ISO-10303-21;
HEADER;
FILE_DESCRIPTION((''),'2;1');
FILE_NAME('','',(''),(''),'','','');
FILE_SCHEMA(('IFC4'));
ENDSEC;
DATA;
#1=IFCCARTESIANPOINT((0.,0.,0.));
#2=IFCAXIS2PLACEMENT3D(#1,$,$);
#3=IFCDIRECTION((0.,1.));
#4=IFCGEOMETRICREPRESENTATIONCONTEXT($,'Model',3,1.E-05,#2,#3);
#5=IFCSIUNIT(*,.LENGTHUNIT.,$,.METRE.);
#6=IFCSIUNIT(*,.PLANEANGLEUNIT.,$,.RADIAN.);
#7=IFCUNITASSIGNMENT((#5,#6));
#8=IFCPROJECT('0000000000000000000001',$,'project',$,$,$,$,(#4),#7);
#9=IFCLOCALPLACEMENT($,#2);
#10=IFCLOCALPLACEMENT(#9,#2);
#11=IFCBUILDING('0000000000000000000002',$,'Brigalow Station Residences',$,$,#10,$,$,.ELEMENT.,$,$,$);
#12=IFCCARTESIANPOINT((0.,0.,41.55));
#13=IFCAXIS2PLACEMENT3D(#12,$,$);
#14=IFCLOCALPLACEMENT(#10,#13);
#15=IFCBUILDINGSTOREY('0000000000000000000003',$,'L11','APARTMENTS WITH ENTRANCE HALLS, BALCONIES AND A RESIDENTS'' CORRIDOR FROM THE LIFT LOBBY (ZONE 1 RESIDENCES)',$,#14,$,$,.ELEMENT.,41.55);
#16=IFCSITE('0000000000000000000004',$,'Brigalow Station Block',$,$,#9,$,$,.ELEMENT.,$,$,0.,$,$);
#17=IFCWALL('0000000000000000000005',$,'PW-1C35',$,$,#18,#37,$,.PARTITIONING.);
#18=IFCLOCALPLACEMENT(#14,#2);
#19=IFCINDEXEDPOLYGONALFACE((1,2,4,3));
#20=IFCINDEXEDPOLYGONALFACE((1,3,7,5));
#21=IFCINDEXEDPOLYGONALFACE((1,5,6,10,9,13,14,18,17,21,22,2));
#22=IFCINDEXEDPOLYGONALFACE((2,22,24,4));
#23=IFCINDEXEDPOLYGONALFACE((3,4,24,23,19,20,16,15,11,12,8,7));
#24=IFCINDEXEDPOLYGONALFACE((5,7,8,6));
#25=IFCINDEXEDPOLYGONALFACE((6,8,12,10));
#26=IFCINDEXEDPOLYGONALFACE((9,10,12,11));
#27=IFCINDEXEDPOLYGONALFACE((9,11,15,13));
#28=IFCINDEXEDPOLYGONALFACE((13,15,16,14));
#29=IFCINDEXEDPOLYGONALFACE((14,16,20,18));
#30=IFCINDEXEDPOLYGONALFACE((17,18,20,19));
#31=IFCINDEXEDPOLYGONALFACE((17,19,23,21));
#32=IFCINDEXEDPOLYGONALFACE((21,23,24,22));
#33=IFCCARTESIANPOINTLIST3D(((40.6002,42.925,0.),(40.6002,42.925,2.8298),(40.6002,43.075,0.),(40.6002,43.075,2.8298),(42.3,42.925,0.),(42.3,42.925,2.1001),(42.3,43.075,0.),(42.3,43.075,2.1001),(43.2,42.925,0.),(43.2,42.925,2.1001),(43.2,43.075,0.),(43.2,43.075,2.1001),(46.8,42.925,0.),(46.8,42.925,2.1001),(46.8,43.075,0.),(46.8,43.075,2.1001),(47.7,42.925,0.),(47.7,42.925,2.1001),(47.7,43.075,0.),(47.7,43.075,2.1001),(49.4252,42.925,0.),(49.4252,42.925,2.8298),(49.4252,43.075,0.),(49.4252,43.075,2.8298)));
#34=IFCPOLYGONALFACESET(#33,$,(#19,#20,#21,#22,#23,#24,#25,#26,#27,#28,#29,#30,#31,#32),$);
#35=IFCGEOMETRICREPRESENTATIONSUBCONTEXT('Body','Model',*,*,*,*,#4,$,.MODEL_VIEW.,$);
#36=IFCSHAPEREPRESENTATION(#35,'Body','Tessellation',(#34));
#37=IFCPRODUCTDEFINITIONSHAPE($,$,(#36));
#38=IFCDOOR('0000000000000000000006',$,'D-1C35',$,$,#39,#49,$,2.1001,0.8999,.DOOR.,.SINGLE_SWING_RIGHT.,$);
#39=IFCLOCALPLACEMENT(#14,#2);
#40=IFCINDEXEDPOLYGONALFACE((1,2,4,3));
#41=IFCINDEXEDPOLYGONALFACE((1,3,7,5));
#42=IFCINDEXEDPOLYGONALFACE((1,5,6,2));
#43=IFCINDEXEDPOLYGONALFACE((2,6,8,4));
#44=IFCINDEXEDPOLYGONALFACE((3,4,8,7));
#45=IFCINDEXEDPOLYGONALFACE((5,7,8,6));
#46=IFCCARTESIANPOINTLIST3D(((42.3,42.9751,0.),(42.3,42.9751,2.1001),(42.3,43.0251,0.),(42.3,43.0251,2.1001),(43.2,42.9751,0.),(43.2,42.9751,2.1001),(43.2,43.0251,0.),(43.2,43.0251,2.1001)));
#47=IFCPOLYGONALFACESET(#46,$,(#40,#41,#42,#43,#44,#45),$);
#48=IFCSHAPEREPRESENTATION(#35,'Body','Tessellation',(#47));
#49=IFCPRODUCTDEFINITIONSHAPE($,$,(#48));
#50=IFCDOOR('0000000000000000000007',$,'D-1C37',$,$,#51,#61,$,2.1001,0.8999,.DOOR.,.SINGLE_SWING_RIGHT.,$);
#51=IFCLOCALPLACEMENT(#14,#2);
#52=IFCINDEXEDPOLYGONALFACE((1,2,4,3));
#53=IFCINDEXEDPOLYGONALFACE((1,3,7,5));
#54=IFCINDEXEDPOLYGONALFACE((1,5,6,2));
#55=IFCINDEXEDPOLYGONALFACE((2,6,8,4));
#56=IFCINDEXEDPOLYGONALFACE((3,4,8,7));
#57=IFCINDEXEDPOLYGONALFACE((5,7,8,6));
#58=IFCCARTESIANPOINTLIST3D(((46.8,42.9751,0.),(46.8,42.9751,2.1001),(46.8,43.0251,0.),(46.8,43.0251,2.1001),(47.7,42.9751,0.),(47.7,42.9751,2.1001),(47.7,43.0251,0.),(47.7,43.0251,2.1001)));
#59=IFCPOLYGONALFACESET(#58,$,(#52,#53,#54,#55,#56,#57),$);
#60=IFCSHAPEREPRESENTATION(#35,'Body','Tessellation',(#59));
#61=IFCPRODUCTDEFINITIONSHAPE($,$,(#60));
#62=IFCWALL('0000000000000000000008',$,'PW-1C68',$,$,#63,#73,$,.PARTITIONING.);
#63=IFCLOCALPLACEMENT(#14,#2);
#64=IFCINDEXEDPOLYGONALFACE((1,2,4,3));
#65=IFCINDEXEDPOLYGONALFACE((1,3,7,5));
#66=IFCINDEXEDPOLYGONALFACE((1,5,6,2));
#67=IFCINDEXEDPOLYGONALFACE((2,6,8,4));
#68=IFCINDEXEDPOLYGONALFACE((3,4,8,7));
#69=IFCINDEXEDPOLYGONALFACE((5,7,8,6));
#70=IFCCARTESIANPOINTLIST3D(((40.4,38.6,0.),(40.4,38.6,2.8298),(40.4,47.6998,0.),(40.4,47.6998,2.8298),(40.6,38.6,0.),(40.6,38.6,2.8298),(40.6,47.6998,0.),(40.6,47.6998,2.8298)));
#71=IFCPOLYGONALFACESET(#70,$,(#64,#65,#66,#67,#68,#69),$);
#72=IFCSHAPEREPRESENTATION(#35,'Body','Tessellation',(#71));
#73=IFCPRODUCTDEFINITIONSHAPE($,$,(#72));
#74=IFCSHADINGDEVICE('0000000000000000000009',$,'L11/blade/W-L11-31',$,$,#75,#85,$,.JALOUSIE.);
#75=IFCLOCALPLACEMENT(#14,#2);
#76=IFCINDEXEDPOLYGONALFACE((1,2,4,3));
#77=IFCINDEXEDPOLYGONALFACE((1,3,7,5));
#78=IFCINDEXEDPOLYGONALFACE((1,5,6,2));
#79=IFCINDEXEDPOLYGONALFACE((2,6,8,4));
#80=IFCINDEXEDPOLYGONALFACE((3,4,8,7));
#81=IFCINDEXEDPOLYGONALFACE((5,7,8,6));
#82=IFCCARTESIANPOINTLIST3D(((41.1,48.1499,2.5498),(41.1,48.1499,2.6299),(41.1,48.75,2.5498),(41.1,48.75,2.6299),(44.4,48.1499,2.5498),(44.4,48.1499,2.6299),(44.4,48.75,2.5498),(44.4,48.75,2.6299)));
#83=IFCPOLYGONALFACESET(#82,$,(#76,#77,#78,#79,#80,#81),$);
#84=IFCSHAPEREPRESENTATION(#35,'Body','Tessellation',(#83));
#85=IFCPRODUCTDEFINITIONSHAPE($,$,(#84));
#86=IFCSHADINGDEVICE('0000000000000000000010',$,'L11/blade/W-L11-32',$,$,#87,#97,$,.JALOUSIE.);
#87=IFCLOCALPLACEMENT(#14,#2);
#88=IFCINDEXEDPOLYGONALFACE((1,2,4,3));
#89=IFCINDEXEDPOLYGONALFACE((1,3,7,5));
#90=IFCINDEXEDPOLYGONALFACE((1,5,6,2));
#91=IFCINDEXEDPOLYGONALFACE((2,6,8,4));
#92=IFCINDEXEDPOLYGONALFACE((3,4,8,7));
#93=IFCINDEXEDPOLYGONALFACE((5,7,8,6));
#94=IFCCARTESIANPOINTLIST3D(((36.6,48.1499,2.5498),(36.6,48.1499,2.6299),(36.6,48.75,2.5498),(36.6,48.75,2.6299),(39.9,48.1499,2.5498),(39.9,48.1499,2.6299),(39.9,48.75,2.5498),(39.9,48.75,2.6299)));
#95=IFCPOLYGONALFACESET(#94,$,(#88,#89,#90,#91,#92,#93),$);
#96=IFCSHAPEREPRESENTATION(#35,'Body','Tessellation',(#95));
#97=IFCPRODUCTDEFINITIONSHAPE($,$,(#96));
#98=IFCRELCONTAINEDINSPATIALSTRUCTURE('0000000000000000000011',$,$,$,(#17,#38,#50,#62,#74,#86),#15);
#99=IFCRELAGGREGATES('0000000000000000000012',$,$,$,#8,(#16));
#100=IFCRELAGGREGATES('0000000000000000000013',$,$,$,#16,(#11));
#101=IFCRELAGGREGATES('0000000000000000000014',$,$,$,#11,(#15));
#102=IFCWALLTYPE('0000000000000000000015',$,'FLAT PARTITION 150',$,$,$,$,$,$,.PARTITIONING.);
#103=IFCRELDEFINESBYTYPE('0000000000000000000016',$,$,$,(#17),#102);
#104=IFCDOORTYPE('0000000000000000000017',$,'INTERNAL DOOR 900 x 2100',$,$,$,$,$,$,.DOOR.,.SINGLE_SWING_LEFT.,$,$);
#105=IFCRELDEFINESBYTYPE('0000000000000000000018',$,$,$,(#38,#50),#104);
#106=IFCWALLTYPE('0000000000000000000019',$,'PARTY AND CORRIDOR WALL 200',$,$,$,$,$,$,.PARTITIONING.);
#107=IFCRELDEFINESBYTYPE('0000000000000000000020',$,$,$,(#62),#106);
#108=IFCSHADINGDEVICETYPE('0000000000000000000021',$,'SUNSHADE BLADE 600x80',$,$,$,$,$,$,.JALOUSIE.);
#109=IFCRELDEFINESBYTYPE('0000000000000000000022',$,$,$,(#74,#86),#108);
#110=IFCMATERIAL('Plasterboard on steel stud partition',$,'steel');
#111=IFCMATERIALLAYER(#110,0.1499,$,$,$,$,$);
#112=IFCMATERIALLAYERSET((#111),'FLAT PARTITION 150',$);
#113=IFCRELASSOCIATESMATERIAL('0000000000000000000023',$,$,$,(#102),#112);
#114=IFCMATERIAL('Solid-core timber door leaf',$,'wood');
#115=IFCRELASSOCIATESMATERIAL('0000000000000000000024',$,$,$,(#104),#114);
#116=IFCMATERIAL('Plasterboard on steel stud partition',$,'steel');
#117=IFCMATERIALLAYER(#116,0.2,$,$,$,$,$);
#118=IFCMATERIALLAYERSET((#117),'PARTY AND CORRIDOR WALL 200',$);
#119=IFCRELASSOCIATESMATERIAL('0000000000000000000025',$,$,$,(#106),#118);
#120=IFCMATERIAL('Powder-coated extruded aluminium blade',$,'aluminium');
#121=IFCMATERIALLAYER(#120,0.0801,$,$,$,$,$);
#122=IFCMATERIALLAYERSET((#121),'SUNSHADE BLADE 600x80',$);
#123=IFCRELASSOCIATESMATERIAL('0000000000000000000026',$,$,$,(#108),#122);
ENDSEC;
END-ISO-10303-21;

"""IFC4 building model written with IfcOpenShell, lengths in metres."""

from ifc_helpers import new_model, si_unit, direction, frame, frame_2d, origin, origin_2d, place, context, subcontext, project, spatial, rectangle, extrude, material, layer, layer_set, type_object, element, fill, save


model = new_model("IFC4")

# Units and contexts
model_context = context("Model", 3, precision=1e-05, world=origin(), true_north=direction((0.0, 1.0)))
body_context = subcontext(model_context, "Body", "Model", "MODEL_VIEW")
ifc_project = project(units=[si_unit("LENGTHUNIT", "METRE"), si_unit("PLANEANGLEUNIT", "RADIAN")], contexts=[model_context])

# Site, building, storey
site_placement = place(None, origin())
site = spatial("IfcSite", under=ifc_project, at=site_placement, Name="Brigalow Station Block", CompositionType="ELEMENT", RefElevation=0.0)
building_placement = place(site_placement, origin())
building = spatial("IfcBuilding", under=site, at=building_placement, Name="Brigalow Station Residences", CompositionType="ELEMENT")
storey_placement = place(building_placement, frame((0.0, 0.0, 41.55)))
storey = spatial("IfcBuildingStorey", under=building, at=storey_placement, Name="L11", Description="APARTMENTS WITH ENTRANCE HALLS, BALCONIES AND A RESIDENTS' CORRIDOR FROM THE LIFT LOBBY (ZONE 1 RESIDENCES)", CompositionType="ELEMENT", Elevation=41.55)

# Wall, openings, doors
ifc_material_1 = material(Name="Plasterboard on steel stud partition", Category="steel")
ifc_layer_1 = layer(ifc_material_1, 0.1499)
ifc_layer_set_1 = layer_set([ifc_layer_1], Name="FLAT PARTITION 150")
wall_type_1 = type_object("IfcWallType", Name="FLAT PARTITION 150", PredefinedType="PARTITIONING", material=ifc_layer_set_1)
wall_1_placement = place(storey_placement, frame((40.6001, 43.0, 0.0), z_axis=(0.0, 0.0, 1.0), x_axis=(1.0, 0.0, 0.0)))
wall_1 = element("IfcWall", 1, at=wall_1_placement, inside=storey, type_object=wall_type_1, Name="PW-1C35", PredefinedType="PARTITIONING", context=body_context, shape_type="SweptSolid", body=[
    extrude(rectangle(XDim=8.825, YDim=0.1499, at=frame_2d((4.4126, 0.0))), origin(), (0.0, 0.0, 1.0), 2.8298),
])
opening_1_placement = place(wall_1_placement, frame((1.7, 0.0, 0.0)))
opening_1 = element("IfcOpeningElement", 2, at=opening_1_placement, cuts=wall_1, PredefinedType="OPENING", context=body_context, shape_type="SweptSolid", body=[
    extrude(rectangle(XDim=0.8999, YDim=2.1001, at=frame_2d((0.45, 1.05))), frame((0.0, 0.085, 0.0), z_axis=(0.0, -1.0, 0.0), x_axis=(1.0, 0.0, 0.0)), (0.0, 0.0, 1.0), 0.1699),
])
opening_2_placement = place(wall_1_placement, frame((6.2, 0.0, 0.0)))
opening_2 = element("IfcOpeningElement", 3, at=opening_2_placement, cuts=wall_1, PredefinedType="OPENING", context=body_context, shape_type="SweptSolid", body=[
    extrude(rectangle(XDim=0.8999, YDim=2.1001, at=frame_2d((0.45, 1.05))), frame((0.0, 0.085, 0.0), z_axis=(0.0, -1.0, 0.0), x_axis=(1.0, 0.0, 0.0)), (0.0, 0.0, 1.0), 0.1699),
])
ifc_material_2 = material(Name="Solid-core timber door leaf", Category="wood")
door_type = type_object("IfcDoorType", Name="INTERNAL DOOR 900 x 2100", OperationType="SINGLE_SWING_LEFT", PredefinedType="DOOR", material=ifc_material_2)
door_1_placement = place(opening_1_placement, frame((0.8999, 0.0, 0.0), z_axis=(0.0, 0.0, 1.0), x_axis=(-1.0, 0.0, 0.0)))
door_1 = element("IfcDoor", 4, at=door_1_placement, inside=storey, type_object=door_type, Name="D-1C35", OperationType="SINGLE_SWING_RIGHT", OverallHeight=2.1001, OverallWidth=0.8999, PredefinedType="DOOR", context=body_context, shape_type="SweptSolid", body=[
    extrude(rectangle(XDim=0.8999, YDim=2.1001, at=frame_2d((0.45, 1.05))), frame((0.0, 0.0249, 0.0), z_axis=(0.0, -1.0, 0.0), x_axis=(1.0, 0.0, 0.0)), (0.0, 0.0, 1.0), 0.05),
])
fill(opening_1, door_1)
door_2_placement = place(opening_2_placement, frame((0.8999, 0.0, 0.0), z_axis=(0.0, 0.0, 1.0), x_axis=(-1.0, 0.0, 0.0)))
door_2 = element("IfcDoor", 5, at=door_2_placement, inside=storey, type_object=door_type, Name="D-1C37", OperationType="SINGLE_SWING_RIGHT", OverallHeight=2.1001, OverallWidth=0.8999, PredefinedType="DOOR", context=body_context, shape_type="SweptSolid", body=[
    extrude(rectangle(XDim=0.8999, YDim=2.1001, at=frame_2d((0.45, 1.05))), frame((0.0, 0.0249, 0.0), z_axis=(0.0, -1.0, 0.0), x_axis=(1.0, 0.0, 0.0)), (0.0, 0.0, 1.0), 0.05),
])
fill(opening_2, door_2)

# Wall
ifc_material_3 = material(Name="Plasterboard on steel stud partition", Category="steel")
ifc_layer_2 = layer(ifc_material_3, 0.2)
ifc_layer_set_2 = layer_set([ifc_layer_2], Name="PARTY AND CORRIDOR WALL 200")
wall_type_2 = type_object("IfcWallType", Name="PARTY AND CORRIDOR WALL 200", PredefinedType="PARTITIONING", material=ifc_layer_set_2)
wall_2_placement = place(storey_placement, frame((40.5, 38.6001, 0.0), z_axis=(0.0, 0.0, 1.0), x_axis=(0.0, 1.0, 0.0)))
element("IfcWall", 6, at=wall_2_placement, inside=storey, type_object=wall_type_2, Name="PW-1C68", PredefinedType="PARTITIONING", context=body_context, shape_type="SweptSolid", body=[
    extrude(rectangle(XDim=9.0999, YDim=0.2, at=frame_2d((4.5498, 0.0))), origin(), (0.0, 0.0, 1.0), 2.8298),
])

# Shading devices
ifc_material_4 = material(Name="Powder-coated extruded aluminium blade", Category="aluminium")
ifc_layer_3 = layer(ifc_material_4, 0.0801)
ifc_layer_set_3 = layer_set([ifc_layer_3], Name="SUNSHADE BLADE 600x80")
shading_device_type = type_object("IfcShadingDeviceType", Name="SUNSHADE BLADE 600x80", PredefinedType="JALOUSIE", material=ifc_layer_set_3)
for number, where, z_axis, x_axis, name in (
    (7, (42.75, 48.45, 2.5498), (0.0, 0.0, 1.0), (-1.0, 0.0, 0.0), "L11/blade/W-L11-31"),
    (8, (38.25, 48.45, 2.5498), (0.0, 0.0, 1.0), (-1.0, 0.0, 0.0), "L11/blade/W-L11-32"),
):
    element("IfcShadingDevice", number, at=place(storey_placement, frame(where, z_axis=z_axis, x_axis=x_axis)), inside=storey, type_object=shading_device_type, Name=name, PredefinedType="JALOUSIE", context=body_context, shape_type="SweptSolid", body=[
        extrude(rectangle(XDim=3.3, YDim=0.6001, at=origin_2d()), origin(), (0.0, 0.0, 1.0), 0.0801),
    ])

save(model, "model.ifc")
